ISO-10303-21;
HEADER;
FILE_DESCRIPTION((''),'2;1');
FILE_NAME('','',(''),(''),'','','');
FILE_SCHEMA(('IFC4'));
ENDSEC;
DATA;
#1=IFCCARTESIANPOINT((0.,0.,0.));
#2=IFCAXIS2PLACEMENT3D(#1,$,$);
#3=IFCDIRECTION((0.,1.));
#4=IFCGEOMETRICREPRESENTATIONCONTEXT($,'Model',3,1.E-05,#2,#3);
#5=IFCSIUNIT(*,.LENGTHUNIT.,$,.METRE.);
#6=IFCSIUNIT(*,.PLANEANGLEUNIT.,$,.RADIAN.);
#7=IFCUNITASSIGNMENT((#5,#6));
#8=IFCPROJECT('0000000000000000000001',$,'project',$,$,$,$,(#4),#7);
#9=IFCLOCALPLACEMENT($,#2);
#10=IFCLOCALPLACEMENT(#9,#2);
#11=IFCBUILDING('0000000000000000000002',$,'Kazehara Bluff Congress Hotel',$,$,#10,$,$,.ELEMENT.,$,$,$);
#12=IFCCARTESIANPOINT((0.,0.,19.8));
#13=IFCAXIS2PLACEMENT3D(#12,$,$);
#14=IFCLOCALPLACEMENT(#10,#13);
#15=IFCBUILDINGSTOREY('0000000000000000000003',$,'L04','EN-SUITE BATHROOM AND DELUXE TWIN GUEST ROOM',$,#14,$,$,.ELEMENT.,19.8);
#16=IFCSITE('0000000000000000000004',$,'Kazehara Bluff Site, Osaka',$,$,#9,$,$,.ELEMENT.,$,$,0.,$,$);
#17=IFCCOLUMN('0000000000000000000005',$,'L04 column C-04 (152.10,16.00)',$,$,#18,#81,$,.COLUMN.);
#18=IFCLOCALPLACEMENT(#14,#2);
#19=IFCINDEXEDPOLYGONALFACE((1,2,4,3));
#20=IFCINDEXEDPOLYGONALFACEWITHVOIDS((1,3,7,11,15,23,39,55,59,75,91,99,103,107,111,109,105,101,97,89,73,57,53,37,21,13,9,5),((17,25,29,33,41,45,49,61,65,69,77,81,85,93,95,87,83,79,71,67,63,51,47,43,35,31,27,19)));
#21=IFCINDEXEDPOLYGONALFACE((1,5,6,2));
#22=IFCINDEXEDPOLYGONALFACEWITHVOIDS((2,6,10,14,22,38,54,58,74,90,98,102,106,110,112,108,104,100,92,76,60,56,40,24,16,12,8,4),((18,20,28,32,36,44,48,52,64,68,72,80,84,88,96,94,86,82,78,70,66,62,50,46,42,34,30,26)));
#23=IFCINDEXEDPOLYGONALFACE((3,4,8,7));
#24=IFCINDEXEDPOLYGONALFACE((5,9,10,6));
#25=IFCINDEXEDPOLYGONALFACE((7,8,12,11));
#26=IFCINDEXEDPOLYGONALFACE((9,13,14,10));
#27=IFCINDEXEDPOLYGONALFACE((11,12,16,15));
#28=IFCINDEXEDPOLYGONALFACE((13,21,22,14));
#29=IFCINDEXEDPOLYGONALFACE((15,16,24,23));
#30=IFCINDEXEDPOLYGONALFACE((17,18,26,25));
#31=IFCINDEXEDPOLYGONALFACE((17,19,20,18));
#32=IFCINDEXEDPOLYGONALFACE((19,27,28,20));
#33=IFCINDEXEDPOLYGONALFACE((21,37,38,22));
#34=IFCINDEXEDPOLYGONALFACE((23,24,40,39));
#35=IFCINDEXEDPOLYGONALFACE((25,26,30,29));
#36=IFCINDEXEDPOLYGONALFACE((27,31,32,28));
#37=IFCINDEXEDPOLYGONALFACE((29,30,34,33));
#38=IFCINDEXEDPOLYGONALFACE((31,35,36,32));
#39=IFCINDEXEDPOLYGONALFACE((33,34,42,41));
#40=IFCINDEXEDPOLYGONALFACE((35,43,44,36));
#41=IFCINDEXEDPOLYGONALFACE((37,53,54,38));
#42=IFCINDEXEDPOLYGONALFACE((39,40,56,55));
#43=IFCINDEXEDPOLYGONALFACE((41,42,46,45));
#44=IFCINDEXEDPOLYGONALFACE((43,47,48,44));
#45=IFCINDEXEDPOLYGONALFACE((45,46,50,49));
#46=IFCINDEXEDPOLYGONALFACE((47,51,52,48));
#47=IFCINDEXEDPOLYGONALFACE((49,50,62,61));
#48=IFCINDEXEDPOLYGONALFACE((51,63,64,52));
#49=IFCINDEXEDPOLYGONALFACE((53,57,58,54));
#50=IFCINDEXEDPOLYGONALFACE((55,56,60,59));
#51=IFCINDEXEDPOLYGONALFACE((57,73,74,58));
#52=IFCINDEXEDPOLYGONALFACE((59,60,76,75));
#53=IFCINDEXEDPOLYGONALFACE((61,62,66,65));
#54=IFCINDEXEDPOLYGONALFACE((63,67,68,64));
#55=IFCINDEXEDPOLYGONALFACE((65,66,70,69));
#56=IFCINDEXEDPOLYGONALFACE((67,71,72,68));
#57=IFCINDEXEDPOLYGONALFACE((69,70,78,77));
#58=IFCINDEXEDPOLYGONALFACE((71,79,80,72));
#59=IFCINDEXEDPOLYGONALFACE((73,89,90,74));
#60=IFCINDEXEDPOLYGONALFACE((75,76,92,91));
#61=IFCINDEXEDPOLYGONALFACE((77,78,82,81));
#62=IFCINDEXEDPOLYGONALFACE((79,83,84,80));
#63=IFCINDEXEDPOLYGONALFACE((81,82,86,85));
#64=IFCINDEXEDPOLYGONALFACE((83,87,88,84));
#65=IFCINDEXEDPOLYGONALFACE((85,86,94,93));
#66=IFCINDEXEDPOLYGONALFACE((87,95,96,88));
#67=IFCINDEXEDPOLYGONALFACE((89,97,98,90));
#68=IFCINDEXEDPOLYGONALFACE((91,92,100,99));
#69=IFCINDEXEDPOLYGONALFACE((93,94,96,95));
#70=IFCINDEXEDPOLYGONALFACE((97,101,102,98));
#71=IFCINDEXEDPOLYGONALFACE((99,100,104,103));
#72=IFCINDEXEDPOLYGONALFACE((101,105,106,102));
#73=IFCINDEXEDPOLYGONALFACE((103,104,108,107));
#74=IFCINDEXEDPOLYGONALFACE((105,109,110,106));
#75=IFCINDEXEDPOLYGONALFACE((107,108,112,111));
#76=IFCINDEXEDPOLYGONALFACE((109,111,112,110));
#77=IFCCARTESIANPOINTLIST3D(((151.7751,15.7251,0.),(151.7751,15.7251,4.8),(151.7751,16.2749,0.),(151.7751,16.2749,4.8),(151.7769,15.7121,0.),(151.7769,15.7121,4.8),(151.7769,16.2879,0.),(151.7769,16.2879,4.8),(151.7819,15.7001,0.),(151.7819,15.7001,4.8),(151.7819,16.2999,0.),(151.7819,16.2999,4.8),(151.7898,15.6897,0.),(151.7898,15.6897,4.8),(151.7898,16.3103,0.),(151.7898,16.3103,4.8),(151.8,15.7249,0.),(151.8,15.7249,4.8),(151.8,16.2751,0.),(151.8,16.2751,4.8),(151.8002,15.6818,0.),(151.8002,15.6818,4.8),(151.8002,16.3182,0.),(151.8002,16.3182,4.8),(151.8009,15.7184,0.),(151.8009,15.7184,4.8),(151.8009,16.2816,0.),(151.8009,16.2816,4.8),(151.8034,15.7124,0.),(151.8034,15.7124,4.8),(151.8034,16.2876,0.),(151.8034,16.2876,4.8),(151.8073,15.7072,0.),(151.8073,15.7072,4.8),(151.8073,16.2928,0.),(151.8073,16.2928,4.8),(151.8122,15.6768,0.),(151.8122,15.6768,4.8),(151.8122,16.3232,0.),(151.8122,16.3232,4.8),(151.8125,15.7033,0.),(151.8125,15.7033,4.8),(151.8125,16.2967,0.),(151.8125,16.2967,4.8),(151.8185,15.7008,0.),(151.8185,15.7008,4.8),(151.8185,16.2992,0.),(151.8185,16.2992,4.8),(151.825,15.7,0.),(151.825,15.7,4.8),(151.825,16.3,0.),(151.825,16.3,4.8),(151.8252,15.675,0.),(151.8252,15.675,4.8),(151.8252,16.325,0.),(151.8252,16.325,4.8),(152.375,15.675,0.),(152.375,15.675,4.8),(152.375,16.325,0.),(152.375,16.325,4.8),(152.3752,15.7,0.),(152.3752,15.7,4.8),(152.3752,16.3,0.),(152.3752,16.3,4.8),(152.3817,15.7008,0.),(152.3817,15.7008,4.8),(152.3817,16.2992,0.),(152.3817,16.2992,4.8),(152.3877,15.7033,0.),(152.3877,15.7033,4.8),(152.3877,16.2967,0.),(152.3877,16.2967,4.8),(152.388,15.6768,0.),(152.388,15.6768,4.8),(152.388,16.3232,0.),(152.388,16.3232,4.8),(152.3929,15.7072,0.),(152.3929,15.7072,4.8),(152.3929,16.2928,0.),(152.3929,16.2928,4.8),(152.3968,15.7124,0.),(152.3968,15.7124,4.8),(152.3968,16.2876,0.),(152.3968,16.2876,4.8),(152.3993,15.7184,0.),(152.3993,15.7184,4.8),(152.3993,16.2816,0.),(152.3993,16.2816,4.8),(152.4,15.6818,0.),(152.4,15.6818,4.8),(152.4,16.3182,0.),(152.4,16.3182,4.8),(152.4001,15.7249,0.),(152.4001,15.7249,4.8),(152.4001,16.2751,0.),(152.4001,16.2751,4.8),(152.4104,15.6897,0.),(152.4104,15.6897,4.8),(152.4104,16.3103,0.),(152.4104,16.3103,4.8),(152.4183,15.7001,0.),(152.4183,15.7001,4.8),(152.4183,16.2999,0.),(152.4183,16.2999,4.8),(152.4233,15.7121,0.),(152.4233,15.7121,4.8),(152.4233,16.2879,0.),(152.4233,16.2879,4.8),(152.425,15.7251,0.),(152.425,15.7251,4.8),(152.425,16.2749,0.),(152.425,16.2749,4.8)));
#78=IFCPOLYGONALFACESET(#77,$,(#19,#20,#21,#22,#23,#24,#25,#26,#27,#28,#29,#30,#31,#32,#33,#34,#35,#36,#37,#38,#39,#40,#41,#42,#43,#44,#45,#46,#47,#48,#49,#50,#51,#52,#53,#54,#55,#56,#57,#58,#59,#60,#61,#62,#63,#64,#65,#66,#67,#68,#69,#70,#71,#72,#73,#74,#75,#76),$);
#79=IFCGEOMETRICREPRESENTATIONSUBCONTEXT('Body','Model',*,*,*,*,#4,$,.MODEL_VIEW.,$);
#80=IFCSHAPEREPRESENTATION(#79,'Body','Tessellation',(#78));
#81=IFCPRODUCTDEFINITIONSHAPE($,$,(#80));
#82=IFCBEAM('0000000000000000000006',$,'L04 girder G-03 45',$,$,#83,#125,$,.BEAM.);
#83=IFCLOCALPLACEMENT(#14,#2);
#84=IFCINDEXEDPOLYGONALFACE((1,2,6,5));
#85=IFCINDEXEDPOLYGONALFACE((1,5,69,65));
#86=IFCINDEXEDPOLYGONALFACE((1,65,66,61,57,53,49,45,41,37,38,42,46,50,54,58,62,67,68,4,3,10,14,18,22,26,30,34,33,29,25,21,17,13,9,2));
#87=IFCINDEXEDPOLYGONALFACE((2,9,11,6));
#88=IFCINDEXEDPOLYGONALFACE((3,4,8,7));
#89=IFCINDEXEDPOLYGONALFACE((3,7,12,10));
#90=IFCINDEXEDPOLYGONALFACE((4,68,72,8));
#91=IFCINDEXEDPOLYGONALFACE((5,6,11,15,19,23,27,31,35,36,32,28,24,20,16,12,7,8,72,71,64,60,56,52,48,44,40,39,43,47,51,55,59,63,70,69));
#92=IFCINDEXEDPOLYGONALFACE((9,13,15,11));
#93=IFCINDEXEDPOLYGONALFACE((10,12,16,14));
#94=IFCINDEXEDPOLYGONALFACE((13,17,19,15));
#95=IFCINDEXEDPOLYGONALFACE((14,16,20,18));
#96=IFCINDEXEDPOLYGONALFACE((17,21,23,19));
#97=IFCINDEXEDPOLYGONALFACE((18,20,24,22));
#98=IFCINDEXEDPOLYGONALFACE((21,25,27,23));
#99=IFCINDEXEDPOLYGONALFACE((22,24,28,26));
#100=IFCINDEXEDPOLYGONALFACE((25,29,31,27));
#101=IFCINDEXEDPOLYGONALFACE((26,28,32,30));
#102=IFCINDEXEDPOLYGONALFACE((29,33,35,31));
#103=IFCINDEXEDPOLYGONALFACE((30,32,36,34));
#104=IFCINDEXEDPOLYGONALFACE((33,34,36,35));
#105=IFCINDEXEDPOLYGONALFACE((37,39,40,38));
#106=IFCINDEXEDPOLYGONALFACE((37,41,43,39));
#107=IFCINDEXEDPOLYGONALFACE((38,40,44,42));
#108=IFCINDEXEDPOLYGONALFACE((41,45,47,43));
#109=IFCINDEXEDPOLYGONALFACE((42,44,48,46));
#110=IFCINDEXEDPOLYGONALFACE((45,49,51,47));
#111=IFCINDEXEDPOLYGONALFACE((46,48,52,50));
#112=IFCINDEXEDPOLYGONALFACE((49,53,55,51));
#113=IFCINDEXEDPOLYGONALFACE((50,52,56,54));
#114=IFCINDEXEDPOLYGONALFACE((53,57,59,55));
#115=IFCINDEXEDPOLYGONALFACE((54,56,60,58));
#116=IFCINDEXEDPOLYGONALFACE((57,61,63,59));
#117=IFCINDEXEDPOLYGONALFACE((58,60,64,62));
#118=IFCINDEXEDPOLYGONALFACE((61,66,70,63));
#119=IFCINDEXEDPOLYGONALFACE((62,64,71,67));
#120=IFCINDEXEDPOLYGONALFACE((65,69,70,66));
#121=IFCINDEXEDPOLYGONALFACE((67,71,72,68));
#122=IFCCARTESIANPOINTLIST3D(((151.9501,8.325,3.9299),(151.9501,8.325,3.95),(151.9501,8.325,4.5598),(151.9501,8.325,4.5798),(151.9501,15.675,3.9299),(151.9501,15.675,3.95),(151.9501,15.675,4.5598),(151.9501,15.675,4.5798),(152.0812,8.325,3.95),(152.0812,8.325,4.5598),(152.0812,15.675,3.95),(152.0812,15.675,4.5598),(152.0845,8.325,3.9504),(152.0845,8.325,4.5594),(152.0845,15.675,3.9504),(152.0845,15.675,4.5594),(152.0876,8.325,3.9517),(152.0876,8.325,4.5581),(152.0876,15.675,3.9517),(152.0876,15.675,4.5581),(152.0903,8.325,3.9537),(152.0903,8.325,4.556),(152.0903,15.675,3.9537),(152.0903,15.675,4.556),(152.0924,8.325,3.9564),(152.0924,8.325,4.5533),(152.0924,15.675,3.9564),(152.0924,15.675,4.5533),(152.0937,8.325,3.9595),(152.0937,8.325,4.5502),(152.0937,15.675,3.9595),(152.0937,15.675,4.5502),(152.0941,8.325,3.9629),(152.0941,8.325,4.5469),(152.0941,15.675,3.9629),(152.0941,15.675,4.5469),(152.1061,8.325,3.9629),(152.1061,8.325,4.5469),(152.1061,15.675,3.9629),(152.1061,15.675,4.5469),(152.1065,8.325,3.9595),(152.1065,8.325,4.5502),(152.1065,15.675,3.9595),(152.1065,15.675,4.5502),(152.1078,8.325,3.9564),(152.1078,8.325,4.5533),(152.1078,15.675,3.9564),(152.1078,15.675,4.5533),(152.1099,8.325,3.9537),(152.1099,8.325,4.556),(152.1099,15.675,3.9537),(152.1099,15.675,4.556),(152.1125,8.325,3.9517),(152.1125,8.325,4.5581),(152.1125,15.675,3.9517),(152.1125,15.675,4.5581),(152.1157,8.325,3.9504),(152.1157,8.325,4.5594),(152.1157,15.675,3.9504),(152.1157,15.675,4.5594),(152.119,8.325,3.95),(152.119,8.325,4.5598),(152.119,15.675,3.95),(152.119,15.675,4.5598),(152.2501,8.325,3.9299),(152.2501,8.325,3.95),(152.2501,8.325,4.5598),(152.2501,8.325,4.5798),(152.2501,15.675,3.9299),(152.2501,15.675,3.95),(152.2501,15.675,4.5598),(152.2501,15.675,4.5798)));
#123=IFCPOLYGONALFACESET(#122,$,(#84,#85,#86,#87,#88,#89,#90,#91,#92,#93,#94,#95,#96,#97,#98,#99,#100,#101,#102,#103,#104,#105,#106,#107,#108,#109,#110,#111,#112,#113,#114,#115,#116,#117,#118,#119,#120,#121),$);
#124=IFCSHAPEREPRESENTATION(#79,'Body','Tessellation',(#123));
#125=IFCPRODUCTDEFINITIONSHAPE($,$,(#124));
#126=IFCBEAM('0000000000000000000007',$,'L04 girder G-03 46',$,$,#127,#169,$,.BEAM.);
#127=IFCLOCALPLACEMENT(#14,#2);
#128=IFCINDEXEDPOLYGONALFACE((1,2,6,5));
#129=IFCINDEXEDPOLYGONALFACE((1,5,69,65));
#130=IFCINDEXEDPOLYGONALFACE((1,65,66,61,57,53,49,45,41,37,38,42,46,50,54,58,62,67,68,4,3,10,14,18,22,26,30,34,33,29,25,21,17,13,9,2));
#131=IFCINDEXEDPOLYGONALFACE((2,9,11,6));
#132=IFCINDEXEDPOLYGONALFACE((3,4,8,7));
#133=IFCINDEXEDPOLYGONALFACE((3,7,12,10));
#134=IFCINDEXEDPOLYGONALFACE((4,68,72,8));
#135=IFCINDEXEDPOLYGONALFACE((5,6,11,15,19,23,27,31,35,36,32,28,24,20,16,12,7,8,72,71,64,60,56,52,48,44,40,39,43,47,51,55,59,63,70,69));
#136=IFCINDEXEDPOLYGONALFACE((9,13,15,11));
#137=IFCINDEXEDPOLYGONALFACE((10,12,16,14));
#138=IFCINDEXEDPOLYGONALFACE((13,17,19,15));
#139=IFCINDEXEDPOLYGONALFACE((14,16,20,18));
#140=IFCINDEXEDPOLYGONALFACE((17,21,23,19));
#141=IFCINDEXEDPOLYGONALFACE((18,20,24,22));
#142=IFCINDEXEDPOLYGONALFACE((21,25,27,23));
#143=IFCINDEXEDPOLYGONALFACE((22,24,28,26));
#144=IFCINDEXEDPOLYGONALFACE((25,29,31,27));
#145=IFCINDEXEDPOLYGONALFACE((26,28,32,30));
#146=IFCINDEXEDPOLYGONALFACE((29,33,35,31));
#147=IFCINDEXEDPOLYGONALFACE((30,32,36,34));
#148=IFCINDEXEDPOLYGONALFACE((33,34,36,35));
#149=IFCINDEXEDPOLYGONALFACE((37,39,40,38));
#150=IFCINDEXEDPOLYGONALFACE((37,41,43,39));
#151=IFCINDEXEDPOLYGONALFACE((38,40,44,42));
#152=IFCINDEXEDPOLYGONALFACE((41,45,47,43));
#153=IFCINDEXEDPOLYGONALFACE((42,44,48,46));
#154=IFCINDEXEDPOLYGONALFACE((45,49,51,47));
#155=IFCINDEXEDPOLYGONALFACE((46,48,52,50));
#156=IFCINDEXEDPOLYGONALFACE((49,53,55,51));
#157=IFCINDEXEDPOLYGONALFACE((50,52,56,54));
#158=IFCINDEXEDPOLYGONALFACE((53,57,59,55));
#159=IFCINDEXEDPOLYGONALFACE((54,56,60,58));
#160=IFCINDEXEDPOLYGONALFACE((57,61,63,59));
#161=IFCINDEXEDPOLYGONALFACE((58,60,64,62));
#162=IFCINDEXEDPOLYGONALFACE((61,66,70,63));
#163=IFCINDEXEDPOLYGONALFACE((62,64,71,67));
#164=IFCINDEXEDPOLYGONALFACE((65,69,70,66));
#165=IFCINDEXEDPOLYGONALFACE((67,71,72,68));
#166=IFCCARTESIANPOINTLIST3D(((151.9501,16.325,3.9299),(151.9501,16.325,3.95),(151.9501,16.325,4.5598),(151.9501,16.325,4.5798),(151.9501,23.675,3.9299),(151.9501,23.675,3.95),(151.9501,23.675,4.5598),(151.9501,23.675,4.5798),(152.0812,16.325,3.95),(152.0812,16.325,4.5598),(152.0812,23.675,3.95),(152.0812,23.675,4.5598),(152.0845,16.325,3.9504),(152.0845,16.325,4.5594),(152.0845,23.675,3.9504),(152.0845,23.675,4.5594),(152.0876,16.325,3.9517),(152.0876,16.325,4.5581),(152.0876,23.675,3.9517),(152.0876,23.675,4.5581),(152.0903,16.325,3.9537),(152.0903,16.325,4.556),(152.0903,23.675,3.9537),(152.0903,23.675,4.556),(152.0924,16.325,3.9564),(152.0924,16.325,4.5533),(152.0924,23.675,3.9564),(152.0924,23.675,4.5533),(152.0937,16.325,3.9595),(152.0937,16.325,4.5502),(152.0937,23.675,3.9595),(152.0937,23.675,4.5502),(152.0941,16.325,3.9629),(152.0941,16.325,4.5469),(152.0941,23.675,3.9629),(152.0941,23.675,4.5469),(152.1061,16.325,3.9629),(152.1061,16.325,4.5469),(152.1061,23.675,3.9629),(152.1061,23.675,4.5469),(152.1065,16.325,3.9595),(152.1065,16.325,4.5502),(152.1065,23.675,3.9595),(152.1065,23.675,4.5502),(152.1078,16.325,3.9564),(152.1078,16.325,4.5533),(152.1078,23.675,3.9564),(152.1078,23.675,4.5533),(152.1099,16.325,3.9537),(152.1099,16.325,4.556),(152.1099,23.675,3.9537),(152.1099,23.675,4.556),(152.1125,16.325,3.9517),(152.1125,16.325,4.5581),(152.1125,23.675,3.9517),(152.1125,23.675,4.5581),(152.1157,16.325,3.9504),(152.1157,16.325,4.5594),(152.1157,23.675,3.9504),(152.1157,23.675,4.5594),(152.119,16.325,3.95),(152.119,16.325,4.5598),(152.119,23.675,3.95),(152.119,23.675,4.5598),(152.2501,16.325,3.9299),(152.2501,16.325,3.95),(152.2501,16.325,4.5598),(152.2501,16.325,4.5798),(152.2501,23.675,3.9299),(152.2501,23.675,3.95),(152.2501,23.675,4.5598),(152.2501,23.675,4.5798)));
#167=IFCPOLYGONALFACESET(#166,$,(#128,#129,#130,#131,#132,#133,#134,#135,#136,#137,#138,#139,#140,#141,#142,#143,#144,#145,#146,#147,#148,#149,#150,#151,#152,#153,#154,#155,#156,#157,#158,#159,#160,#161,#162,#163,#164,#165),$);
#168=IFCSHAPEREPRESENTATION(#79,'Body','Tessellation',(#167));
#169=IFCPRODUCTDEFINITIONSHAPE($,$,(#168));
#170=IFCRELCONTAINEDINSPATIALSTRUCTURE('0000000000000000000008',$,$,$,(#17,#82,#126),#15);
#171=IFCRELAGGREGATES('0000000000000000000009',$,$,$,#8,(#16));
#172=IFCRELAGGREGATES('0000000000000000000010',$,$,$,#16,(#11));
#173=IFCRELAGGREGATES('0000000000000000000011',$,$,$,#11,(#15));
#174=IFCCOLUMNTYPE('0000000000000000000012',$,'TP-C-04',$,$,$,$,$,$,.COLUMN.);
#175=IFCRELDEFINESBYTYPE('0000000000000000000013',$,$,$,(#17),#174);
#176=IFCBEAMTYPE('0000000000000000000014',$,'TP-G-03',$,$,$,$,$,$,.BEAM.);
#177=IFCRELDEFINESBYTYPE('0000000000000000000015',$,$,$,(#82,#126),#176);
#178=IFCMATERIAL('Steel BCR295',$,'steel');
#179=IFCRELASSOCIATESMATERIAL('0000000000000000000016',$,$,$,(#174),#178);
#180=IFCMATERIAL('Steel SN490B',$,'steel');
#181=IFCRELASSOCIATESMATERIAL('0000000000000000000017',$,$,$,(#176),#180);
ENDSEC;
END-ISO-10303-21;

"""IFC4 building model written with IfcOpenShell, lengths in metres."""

from ifc_helpers import new_model, si_unit, direction, frame, origin, origin_2d, place, context, subcontext, project, spatial, hollow_rectangle, i_section, extrude, material, material_profile, profile_set, type_object, element, save


model = new_model("IFC4")

# Units and contexts
model_context = context("Model", 3, precision=1e-05, world=origin(), true_north=direction((0.0, 1.0)))
body_context = subcontext(model_context, "Body", "Model", "MODEL_VIEW")
ifc_project = project(units=[si_unit("LENGTHUNIT", "METRE"), si_unit("PLANEANGLEUNIT", "RADIAN")], contexts=[model_context])

# Site, building, storey
site_placement = place(None, origin())
site = spatial("IfcSite", under=ifc_project, at=site_placement, Name="Kazehara Bluff Site, Osaka", CompositionType="ELEMENT", RefElevation=0.0)
building_placement = place(site_placement, origin())
building = spatial("IfcBuilding", under=site, at=building_placement, Name="Kazehara Bluff Congress Hotel", CompositionType="ELEMENT")
storey_placement = place(building_placement, frame((0.0, 0.0, 19.8)))
storey = spatial("IfcBuildingStorey", under=building, at=storey_placement, Name="L04", Description="EN-SUITE BATHROOM AND DELUXE TWIN GUEST ROOM", CompositionType="ELEMENT", Elevation=19.8)

# Column
ifc_material_1 = material(Name="Steel BCR295", Category="steel")
ifc_material_profile_1 = material_profile(ifc_material_1, hollow_rectangle(XDim=0.6499, YDim=0.6499, WallThickness=0.0249, InnerFilletRadius=0.0249, OuterFilletRadius=0.05, at=origin_2d()))
ifc_profile_set_1 = profile_set([ifc_material_profile_1], Name="Steel BCR295")
column_type = type_object("IfcColumnType", Name="TP-C-04", PredefinedType="COLUMN", material=ifc_profile_set_1)
column_placement = place(storey_placement, frame((152.1001, 16.0, 0.0), z_axis=(0.0, 0.0, 1.0), x_axis=(1.0, 0.0, 0.0)))
element("IfcColumn", 1, at=column_placement, inside=storey, type_object=column_type, Name="L04 column C-04 (152.10,16.00)", PredefinedType="COLUMN", context=body_context, shape_type="SweptSolid", body=[
    extrude(hollow_rectangle(XDim=0.6499, YDim=0.6499, WallThickness=0.0249, InnerFilletRadius=0.0249, OuterFilletRadius=0.05, at=origin_2d()), origin(), (0.0, 0.0, 1.0), 4.8),
])

# Beams
ifc_material_2 = material(Name="Steel SN490B", Category="steel")
ifc_material_profile_2 = material_profile(ifc_material_2, i_section(OverallWidth=0.3, OverallDepth=0.6499, WebThickness=0.012, FlangeThickness=0.02, FilletRadius=0.0129, at=origin_2d()))
ifc_profile_set_2 = profile_set([ifc_material_profile_2], Name="Steel SN490B")
beam_type_1 = type_object("IfcBeamType", Name="TP-G-03", PredefinedType="BEAM", material=ifc_profile_set_2)
for number, where, z_axis, x_axis, name in (
    (2, (152.1001, 8.325, 4.2549), (0.0, 1.0, 0.0), (-1.0, 0.0, 0.0), "L04 girder G-03 45"),
    (3, (152.1001, 16.325, 4.2549), (0.0, 1.0, 0.0), (-1.0, 0.0, 0.0), "L04 girder G-03 46"),
):
    element("IfcBeam", number, at=place(storey_placement, frame(where, z_axis=z_axis, x_axis=x_axis)), inside=storey, type_object=beam_type_1, Name=name, PredefinedType="BEAM", context=body_context, shape_type="SweptSolid", body=[
        extrude(i_section(OverallWidth=0.3, OverallDepth=0.6499, WebThickness=0.012, FlangeThickness=0.02, FilletRadius=0.0129, at=origin_2d()), origin(), (0.0, 0.0, 1.0), 7.3501),
    ])

save(model, "model.ifc")
